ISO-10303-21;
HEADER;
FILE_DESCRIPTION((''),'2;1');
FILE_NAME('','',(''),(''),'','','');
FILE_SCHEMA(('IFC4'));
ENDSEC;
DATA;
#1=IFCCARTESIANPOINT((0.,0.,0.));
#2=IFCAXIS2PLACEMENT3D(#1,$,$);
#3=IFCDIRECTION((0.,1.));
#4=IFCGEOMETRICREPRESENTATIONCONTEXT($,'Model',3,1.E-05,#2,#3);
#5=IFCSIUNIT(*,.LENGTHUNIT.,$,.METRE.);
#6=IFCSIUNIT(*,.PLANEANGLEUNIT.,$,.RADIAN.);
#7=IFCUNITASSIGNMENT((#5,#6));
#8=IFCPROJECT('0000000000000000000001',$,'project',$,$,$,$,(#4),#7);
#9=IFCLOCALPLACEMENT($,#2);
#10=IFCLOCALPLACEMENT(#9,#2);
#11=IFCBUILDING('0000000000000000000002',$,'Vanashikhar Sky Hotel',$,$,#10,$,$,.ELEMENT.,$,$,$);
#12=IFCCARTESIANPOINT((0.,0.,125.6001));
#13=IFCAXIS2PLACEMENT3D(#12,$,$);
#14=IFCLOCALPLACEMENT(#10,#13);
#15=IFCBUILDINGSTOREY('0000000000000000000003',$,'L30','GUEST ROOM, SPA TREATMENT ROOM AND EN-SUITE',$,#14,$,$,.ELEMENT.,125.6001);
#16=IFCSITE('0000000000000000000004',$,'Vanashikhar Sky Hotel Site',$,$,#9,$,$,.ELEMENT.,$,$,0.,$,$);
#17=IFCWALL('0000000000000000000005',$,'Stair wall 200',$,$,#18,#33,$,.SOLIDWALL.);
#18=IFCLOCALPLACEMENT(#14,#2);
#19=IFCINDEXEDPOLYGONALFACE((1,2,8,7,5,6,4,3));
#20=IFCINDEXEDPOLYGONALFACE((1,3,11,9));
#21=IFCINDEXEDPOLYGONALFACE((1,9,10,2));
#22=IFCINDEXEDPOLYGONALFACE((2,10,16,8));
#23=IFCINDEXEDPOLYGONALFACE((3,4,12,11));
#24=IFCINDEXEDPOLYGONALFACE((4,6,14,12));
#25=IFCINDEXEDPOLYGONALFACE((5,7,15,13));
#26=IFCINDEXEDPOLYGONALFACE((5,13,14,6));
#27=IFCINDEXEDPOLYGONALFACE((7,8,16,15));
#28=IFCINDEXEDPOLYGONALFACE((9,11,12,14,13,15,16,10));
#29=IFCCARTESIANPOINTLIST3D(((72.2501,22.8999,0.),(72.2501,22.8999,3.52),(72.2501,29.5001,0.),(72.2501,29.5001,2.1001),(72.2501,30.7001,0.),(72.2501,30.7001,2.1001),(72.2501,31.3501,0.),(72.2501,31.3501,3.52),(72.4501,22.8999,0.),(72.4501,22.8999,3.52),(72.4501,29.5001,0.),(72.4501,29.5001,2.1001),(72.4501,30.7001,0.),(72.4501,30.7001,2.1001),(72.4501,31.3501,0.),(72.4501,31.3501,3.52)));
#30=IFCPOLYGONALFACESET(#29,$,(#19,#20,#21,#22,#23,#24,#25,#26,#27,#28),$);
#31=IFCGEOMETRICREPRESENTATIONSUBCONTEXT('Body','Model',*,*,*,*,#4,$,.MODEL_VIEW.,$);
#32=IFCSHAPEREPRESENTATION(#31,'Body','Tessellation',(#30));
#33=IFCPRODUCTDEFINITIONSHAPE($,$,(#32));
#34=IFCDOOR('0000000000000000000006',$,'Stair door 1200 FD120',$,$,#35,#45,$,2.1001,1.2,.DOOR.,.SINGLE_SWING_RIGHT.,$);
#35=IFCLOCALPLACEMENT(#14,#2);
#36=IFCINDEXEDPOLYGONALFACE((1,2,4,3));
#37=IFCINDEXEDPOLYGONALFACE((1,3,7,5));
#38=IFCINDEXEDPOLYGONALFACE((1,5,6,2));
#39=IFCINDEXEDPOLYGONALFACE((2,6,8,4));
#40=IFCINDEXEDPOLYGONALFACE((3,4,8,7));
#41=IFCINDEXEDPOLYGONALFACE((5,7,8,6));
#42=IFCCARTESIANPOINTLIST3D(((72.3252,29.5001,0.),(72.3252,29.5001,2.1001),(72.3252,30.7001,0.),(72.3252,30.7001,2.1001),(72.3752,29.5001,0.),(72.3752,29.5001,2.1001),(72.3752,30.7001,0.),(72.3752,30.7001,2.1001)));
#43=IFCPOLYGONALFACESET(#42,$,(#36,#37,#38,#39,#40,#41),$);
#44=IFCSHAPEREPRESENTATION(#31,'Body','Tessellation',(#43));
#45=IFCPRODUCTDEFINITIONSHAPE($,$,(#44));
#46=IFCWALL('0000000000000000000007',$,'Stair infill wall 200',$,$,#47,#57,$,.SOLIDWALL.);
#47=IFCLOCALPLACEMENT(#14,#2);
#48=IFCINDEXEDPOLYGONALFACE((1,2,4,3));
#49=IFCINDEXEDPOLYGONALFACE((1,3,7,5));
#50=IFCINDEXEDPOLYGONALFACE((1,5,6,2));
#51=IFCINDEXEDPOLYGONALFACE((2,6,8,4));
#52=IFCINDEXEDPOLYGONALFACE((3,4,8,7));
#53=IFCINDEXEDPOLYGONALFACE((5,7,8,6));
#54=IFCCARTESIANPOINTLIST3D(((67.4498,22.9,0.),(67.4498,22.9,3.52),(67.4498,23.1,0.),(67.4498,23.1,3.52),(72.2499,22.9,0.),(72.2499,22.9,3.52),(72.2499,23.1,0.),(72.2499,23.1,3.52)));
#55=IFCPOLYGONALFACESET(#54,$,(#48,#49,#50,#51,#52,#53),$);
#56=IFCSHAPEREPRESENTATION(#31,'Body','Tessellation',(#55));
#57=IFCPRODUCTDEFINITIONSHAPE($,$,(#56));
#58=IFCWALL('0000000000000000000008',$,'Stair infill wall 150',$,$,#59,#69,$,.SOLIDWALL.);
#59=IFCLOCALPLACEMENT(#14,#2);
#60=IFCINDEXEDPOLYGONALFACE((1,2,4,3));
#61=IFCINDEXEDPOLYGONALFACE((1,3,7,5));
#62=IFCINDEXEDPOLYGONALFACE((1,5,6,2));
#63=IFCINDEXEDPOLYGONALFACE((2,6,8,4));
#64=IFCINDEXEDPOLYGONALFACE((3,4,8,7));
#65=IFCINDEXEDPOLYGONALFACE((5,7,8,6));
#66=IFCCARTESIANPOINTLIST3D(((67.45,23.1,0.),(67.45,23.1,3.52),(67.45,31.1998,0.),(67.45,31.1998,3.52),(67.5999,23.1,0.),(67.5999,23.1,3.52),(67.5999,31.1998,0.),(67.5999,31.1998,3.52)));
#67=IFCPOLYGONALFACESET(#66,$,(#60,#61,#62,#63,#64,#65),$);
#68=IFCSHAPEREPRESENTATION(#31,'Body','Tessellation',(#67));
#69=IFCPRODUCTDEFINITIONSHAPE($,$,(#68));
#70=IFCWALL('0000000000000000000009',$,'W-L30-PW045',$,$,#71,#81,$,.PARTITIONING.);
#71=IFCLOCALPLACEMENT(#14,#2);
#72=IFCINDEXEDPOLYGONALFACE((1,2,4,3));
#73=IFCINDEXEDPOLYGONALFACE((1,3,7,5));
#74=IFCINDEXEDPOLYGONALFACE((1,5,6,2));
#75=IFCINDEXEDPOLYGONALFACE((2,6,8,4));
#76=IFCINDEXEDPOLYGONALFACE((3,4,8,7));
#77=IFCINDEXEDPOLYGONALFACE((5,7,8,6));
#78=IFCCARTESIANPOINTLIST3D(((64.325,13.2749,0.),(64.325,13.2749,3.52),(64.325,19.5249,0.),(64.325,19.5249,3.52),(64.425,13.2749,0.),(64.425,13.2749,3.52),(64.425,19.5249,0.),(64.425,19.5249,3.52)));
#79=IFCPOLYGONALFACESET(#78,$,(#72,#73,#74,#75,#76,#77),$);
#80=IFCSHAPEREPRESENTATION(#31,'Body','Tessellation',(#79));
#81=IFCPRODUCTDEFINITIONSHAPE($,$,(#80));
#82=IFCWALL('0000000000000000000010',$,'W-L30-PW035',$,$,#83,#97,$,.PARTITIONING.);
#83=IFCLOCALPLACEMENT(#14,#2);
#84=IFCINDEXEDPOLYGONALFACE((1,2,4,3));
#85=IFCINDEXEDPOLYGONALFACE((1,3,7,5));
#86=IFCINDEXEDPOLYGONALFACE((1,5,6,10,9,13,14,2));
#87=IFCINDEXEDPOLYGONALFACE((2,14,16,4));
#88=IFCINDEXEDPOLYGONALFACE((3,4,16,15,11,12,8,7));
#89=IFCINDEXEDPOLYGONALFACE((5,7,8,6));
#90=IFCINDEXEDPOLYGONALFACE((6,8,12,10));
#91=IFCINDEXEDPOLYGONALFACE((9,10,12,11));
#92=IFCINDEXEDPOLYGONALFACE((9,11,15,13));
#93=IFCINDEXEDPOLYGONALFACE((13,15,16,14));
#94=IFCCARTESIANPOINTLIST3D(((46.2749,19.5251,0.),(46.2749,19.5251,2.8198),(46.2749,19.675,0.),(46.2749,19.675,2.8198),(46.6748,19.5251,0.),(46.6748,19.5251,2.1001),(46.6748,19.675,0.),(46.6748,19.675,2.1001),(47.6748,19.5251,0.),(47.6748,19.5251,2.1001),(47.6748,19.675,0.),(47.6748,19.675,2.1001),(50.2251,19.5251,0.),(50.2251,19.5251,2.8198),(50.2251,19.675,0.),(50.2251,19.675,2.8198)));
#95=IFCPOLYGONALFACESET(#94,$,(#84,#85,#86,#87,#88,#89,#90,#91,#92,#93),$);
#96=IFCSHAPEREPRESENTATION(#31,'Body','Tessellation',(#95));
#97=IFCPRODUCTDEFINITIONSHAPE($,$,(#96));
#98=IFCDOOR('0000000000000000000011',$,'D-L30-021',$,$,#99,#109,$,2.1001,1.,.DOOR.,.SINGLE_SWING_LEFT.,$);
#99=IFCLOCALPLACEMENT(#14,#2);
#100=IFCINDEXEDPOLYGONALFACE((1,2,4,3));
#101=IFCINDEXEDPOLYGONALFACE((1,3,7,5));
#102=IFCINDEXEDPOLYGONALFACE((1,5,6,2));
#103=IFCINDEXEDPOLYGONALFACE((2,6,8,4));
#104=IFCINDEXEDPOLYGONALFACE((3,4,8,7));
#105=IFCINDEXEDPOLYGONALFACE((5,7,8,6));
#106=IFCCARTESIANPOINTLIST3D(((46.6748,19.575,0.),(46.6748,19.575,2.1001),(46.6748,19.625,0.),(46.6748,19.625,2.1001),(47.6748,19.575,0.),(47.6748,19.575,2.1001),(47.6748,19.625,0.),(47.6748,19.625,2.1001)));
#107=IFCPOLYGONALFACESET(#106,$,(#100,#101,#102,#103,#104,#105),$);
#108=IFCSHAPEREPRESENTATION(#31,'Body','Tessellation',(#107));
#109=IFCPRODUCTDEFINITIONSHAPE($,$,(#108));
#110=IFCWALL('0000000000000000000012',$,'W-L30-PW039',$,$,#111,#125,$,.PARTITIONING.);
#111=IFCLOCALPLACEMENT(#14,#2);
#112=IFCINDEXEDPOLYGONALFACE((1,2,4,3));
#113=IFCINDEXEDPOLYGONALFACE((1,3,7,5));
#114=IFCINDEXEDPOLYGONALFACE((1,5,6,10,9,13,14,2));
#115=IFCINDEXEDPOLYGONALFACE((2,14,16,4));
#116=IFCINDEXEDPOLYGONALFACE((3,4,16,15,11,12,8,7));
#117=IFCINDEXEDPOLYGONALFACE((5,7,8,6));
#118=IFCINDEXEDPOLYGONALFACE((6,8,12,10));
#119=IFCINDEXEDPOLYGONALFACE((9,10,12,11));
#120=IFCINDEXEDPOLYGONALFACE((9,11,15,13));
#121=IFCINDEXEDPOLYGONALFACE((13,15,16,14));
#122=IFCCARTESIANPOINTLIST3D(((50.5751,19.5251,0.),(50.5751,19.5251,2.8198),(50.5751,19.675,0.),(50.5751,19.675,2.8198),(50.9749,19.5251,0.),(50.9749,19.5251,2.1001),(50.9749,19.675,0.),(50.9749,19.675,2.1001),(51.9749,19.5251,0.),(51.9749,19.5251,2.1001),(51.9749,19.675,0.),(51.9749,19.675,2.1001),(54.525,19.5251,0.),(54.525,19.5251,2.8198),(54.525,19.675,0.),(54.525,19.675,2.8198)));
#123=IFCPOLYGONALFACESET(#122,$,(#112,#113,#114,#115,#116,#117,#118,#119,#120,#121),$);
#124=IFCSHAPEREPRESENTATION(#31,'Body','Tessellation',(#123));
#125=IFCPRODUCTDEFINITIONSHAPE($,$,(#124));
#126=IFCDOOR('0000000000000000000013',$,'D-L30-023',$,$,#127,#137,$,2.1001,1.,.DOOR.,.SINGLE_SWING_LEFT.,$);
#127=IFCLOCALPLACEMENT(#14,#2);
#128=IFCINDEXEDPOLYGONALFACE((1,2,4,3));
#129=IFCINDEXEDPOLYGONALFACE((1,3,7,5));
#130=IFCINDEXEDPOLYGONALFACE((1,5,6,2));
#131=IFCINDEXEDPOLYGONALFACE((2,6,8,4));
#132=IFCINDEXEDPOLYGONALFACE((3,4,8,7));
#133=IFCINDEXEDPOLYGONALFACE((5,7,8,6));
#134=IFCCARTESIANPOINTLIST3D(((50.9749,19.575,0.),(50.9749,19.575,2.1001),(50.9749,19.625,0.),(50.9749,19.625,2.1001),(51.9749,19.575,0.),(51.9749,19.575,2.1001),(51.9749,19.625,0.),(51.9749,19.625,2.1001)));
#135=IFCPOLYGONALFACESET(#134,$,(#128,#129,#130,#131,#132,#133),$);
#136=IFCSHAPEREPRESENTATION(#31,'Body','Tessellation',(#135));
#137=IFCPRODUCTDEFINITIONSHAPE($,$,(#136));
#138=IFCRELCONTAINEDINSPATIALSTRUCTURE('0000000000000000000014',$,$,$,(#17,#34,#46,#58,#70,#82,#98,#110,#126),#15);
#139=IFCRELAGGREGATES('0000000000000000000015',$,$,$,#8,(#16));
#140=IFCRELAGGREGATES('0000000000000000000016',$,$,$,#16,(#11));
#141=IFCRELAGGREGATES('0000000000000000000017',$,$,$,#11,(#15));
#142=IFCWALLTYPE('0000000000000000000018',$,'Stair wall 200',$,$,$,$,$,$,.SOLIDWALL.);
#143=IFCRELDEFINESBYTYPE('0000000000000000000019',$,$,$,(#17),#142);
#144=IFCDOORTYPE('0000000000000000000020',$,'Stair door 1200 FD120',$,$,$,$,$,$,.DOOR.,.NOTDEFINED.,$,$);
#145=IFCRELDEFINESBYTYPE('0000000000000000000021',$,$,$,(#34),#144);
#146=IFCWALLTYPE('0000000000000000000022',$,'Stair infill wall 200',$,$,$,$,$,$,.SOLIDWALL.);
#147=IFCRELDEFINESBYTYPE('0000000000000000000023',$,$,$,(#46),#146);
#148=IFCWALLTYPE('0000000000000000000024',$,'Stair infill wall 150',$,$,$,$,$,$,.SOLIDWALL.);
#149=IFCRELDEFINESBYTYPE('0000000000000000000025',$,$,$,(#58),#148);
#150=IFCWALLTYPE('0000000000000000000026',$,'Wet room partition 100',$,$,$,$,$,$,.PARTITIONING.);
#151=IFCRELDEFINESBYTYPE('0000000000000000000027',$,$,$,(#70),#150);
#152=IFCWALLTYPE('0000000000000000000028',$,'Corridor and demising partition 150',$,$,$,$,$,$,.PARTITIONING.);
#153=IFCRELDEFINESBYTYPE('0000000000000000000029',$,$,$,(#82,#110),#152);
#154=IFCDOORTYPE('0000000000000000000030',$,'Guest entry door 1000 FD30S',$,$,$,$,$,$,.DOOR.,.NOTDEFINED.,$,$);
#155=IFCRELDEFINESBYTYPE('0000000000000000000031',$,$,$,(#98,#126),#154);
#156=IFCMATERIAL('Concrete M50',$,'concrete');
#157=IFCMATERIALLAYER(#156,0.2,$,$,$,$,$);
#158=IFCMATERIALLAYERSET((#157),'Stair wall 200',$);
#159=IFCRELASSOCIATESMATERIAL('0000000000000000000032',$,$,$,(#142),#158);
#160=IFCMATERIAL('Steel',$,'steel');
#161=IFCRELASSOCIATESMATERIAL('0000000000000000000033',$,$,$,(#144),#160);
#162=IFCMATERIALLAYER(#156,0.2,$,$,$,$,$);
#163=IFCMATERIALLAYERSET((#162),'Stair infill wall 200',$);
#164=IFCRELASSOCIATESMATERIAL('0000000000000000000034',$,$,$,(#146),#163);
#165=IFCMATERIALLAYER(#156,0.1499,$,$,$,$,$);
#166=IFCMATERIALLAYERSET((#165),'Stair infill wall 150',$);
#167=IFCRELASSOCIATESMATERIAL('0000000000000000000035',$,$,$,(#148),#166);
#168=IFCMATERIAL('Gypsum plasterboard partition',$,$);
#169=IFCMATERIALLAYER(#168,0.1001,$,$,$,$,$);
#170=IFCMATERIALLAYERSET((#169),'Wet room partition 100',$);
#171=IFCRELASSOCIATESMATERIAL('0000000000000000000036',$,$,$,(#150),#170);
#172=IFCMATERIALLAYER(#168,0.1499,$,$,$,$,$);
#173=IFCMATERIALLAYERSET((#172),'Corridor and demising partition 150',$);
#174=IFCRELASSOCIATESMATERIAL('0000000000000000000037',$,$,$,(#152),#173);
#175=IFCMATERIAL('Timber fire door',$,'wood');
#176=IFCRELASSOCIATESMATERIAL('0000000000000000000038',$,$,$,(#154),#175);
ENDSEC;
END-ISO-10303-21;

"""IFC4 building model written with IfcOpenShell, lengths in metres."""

from ifc_helpers import new_model, si_unit, direction, frame, frame_2d, origin, place, context, subcontext, project, spatial, rectangle, extrude, source, transform, mapped, material, layer, layer_set, type_object, element, fill, save


model = new_model("IFC4")

# Units and contexts
model_context = context("Model", 3, precision=1e-05, world=origin(), true_north=direction((0.0, 1.0)))
body_context = subcontext(model_context, "Body", "Model", "MODEL_VIEW")
ifc_project = project(units=[si_unit("LENGTHUNIT", "METRE"), si_unit("PLANEANGLEUNIT", "RADIAN")], contexts=[model_context])

# Site, building, storey
site_placement = place(None, origin())
site = spatial("IfcSite", under=ifc_project, at=site_placement, Name="Vanashikhar Sky Hotel Site", CompositionType="ELEMENT", RefElevation=0.0)
building_placement = place(site_placement, origin())
building = spatial("IfcBuilding", under=site, at=building_placement, Name="Vanashikhar Sky Hotel", CompositionType="ELEMENT")
storey_placement = place(building_placement, frame((0.0, 0.0, 125.6001)))
storey = spatial("IfcBuildingStorey", under=building, at=storey_placement, Name="L30", Description="GUEST ROOM, SPA TREATMENT ROOM AND EN-SUITE", CompositionType="ELEMENT", Elevation=125.6001)

# Shared definitions
ifc_material_1 = material(Name="Concrete M50", Category="concrete")

# Shared definitions
ifc_material_2 = material(Name="Steel", Category="steel")

# Wall, opening, door
ifc_layer_1 = layer(ifc_material_1, 0.2)
ifc_layer_set_1 = layer_set([ifc_layer_1], Name="Stair wall 200")
wall_type_1 = type_object("IfcWallType", Name="Stair wall 200", PredefinedType="SOLIDWALL", material=ifc_layer_set_1)
shared_shape_1 = source(origin(), body_context, "Body", "SweptSolid", [
    extrude(rectangle(XDim=8.4502, YDim=0.2, at=frame_2d((4.2251, 0.0))), origin(), (0.0, 0.0, 1.0), 3.52),
])
wall_1_placement = place(storey_placement, frame((72.3501, 22.8999, 0.0), z_axis=(0.0, 0.0, 1.0), x_axis=(0.0, 1.0, 0.0)))
wall_1 = element("IfcWall", 1, at=wall_1_placement, inside=storey, type_object=wall_type_1, Name="Stair wall 200", PredefinedType="SOLIDWALL", context=body_context, shape_type="MappedRepresentation", body=[
    mapped(shared_shape_1, transform((0.0, 0.0, 0.0), scale=1.0)),
])
shared_shape_2 = source(origin(), body_context, "Body", "SweptSolid", [
    extrude(rectangle(XDim=1.2, YDim=2.1001, at=frame_2d((0.6001, 1.05))), frame((0.0, 0.1099, 0.0), z_axis=(0.0, -1.0, 0.0), x_axis=(1.0, 0.0, 0.0)), (0.0, 0.0, 1.0), 0.22),
])
opening_1_placement = place(wall_1_placement, frame((6.6001, 0.0, 0.0)))
opening_1 = element("IfcOpeningElement", 2, at=opening_1_placement, cuts=wall_1, PredefinedType="OPENING", context=body_context, shape_type="MappedRepresentation", body=[
    mapped(shared_shape_2, transform((0.0, 0.0, 0.0), scale=1.0)),
])
door_type_1 = type_object("IfcDoorType", Name="Stair door 1200 FD120", OperationType="NOTDEFINED", PredefinedType="DOOR", material=ifc_material_2)
shared_shape_3 = source(origin(), body_context, "Body", "SweptSolid", [
    extrude(rectangle(XDim=1.2, YDim=2.1001, at=frame_2d((0.6001, 1.05))), frame((0.0, 0.0249, 0.0), z_axis=(0.0, -1.0, 0.0), x_axis=(1.0, 0.0, 0.0)), (0.0, 0.0, 1.0), 0.05),
])
door_1_placement = place(opening_1_placement, origin())
door_1 = element("IfcDoor", 3, at=door_1_placement, inside=storey, type_object=door_type_1, Name="Stair door 1200 FD120", OperationType="SINGLE_SWING_RIGHT", OverallHeight=2.1001, OverallWidth=1.2, PredefinedType="DOOR", context=body_context, shape_type="MappedRepresentation", body=[
    mapped(shared_shape_3, transform((0.0, 0.0, 0.0), scale=1.0)),
])
fill(opening_1, door_1)

# Walls
ifc_layer_2 = layer(ifc_material_1, 0.2)
ifc_layer_set_2 = layer_set([ifc_layer_2], Name="Stair infill wall 200")
wall_type_2 = type_object("IfcWallType", Name="Stair infill wall 200", PredefinedType="SOLIDWALL", material=ifc_layer_set_2)
shared_shape_4 = source(origin(), body_context, "Body", "SweptSolid", [
    extrude(rectangle(XDim=4.8, YDim=0.2, at=frame_2d((2.3999, 0.0))), origin(), (0.0, 0.0, 1.0), 3.52),
])
wall_2_placement = place(storey_placement, frame((67.45, 23.0, 0.0), z_axis=(0.0, 0.0, 1.0), x_axis=(1.0, 0.0, 0.0)))
element("IfcWall", 4, at=wall_2_placement, inside=storey, type_object=wall_type_2, Name="Stair infill wall 200", PredefinedType="SOLIDWALL", context=body_context, shape_type="MappedRepresentation", body=[
    mapped(shared_shape_4, transform((0.0, 0.0, 0.0), scale=1.0)),
])
ifc_layer_3 = layer(ifc_material_1, 0.1499)
ifc_layer_set_3 = layer_set([ifc_layer_3], Name="Stair infill wall 150")
wall_type_3 = type_object("IfcWallType", Name="Stair infill wall 150", PredefinedType="SOLIDWALL", material=ifc_layer_set_3)
shared_shape_5 = source(origin(), body_context, "Body", "SweptSolid", [
    extrude(rectangle(XDim=8.0999, YDim=0.1499, at=frame_2d((4.0498, 0.0))), origin(), (0.0, 0.0, 1.0), 3.52),
])
wall_3_placement = place(storey_placement, frame((67.5249, 23.1001, 0.0), z_axis=(0.0, 0.0, 1.0), x_axis=(0.0, 1.0, 0.0)))
element("IfcWall", 5, at=wall_3_placement, inside=storey, type_object=wall_type_3, Name="Stair infill wall 150", PredefinedType="SOLIDWALL", context=body_context, shape_type="MappedRepresentation", body=[
    mapped(shared_shape_5, transform((0.0, 0.0, 0.0), scale=1.0)),
])
ifc_material_3 = material(Name="Gypsum plasterboard partition")
ifc_layer_4 = layer(ifc_material_3, 0.1001)
ifc_layer_set_4 = layer_set([ifc_layer_4], Name="Wet room partition 100")
wall_type_4 = type_object("IfcWallType", Name="Wet room partition 100", PredefinedType="PARTITIONING", material=ifc_layer_set_4)
shared_shape_6 = source(origin(), body_context, "Body", "SweptSolid", [
    extrude(rectangle(XDim=6.25, YDim=0.1001, at=frame_2d((3.125, 0.0))), origin(), (0.0, 0.0, 1.0), 3.52),
])
wall_4_placement = place(storey_placement, frame((64.375, 13.2749, 0.0), z_axis=(0.0, 0.0, 1.0), x_axis=(0.0, 1.0, 0.0)))
element("IfcWall", 6, at=wall_4_placement, inside=storey, type_object=wall_type_4, Name="W-L30-PW045", PredefinedType="PARTITIONING", context=body_context, shape_type="MappedRepresentation", body=[
    mapped(shared_shape_6, transform((0.0, 0.0, 0.0), scale=1.0)),
])

# Walls, openings, doors
ifc_layer_5 = layer(ifc_material_3, 0.1499)
ifc_layer_set_5 = layer_set([ifc_layer_5], Name="Corridor and demising partition 150")
wall_type_5 = type_object("IfcWallType", Name="Corridor and demising partition 150", PredefinedType="PARTITIONING", material=ifc_layer_set_5)
shared_shape_7 = source(origin(), body_context, "Body", "SweptSolid", [
    extrude(rectangle(XDim=3.9502, YDim=0.1499, at=frame_2d((1.9751, 0.0))), origin(), (0.0, 0.0, 1.0), 2.8198),
])
wall_5_placement = place(storey_placement, frame((46.2749, 19.6001, 0.0), z_axis=(0.0, 0.0, 1.0), x_axis=(1.0, 0.0, 0.0)))
wall_5 = element("IfcWall", 7, at=wall_5_placement, inside=storey, type_object=wall_type_5, Name="W-L30-PW035", PredefinedType="PARTITIONING", context=body_context, shape_type="MappedRepresentation", body=[
    mapped(shared_shape_7, transform((0.0, 0.0, 0.0), scale=1.0)),
])
shared_shape_8 = source(origin(), body_context, "Body", "SweptSolid", [
    extrude(rectangle(XDim=1.0, YDim=2.1001, at=frame_2d((0.5, 1.05))), frame((0.0, 0.085, 0.0), z_axis=(0.0, -1.0, 0.0), x_axis=(1.0, 0.0, 0.0)), (0.0, 0.0, 1.0), 0.1699),
])
opening_2_placement = place(wall_5_placement, frame((0.3999, 0.0, 0.0)))
opening_2 = element("IfcOpeningElement", 8, at=opening_2_placement, cuts=wall_5, PredefinedType="OPENING", context=body_context, shape_type="MappedRepresentation", body=[
    mapped(shared_shape_8, transform((0.0, 0.0, 0.0), scale=1.0)),
])
ifc_material_4 = material(Name="Timber fire door", Category="wood")
door_type_2 = type_object("IfcDoorType", Name="Guest entry door 1000 FD30S", OperationType="NOTDEFINED", PredefinedType="DOOR", material=ifc_material_4)
shared_shape_9 = source(origin(), body_context, "Body", "SweptSolid", [
    extrude(rectangle(XDim=1.0, YDim=2.1001, at=frame_2d((0.5, 1.05))), frame((0.0, 0.0249, 0.0), z_axis=(0.0, -1.0, 0.0), x_axis=(1.0, 0.0, 0.0)), (0.0, 0.0, 1.0), 0.05),
])
door_2_placement = place(opening_2_placement, origin())
door_2 = element("IfcDoor", 9, at=door_2_placement, inside=storey, type_object=door_type_2, Name="D-L30-021", OperationType="SINGLE_SWING_LEFT", OverallHeight=2.1001, OverallWidth=1.0, PredefinedType="DOOR", context=body_context, shape_type="MappedRepresentation", body=[
    mapped(shared_shape_9, transform((0.0, 0.0, 0.0), scale=1.0)),
])
fill(opening_2, door_2)
shared_shape_10 = source(origin(), body_context, "Body", "SweptSolid", [
    extrude(rectangle(XDim=3.95, YDim=0.1499, at=frame_2d((1.9751, 0.0))), origin(), (0.0, 0.0, 1.0), 2.8198),
])
wall_6_placement = place(storey_placement, frame((50.575, 19.6001, 0.0), z_axis=(0.0, 0.0, 1.0), x_axis=(1.0, 0.0, 0.0)))
wall_6 = element("IfcWall", 10, at=wall_6_placement, inside=storey, type_object=wall_type_5, Name="W-L30-PW039", PredefinedType="PARTITIONING", context=body_context, shape_type="MappedRepresentation", body=[
    mapped(shared_shape_10, transform((0.0, 0.0, 0.0), scale=1.0)),
])
opening_3_placement = place(wall_6_placement, frame((0.3999, 0.0, 0.0)))
opening_3 = element("IfcOpeningElement", 11, at=opening_3_placement, cuts=wall_6, PredefinedType="OPENING", context=body_context, shape_type="MappedRepresentation", body=[
    mapped(shared_shape_8, transform((0.0, 0.0, 0.0), scale=1.0)),
])
door_3_placement = place(opening_3_placement, origin())
door_3 = element("IfcDoor", 12, at=door_3_placement, inside=storey, type_object=door_type_2, Name="D-L30-023", OperationType="SINGLE_SWING_LEFT", OverallHeight=2.1001, OverallWidth=1.0, PredefinedType="DOOR", context=body_context, shape_type="MappedRepresentation", body=[
    mapped(shared_shape_9, transform((0.0, 0.0, 0.0), scale=1.0)),
])
fill(opening_3, door_3)

save(model, "model.ifc")
